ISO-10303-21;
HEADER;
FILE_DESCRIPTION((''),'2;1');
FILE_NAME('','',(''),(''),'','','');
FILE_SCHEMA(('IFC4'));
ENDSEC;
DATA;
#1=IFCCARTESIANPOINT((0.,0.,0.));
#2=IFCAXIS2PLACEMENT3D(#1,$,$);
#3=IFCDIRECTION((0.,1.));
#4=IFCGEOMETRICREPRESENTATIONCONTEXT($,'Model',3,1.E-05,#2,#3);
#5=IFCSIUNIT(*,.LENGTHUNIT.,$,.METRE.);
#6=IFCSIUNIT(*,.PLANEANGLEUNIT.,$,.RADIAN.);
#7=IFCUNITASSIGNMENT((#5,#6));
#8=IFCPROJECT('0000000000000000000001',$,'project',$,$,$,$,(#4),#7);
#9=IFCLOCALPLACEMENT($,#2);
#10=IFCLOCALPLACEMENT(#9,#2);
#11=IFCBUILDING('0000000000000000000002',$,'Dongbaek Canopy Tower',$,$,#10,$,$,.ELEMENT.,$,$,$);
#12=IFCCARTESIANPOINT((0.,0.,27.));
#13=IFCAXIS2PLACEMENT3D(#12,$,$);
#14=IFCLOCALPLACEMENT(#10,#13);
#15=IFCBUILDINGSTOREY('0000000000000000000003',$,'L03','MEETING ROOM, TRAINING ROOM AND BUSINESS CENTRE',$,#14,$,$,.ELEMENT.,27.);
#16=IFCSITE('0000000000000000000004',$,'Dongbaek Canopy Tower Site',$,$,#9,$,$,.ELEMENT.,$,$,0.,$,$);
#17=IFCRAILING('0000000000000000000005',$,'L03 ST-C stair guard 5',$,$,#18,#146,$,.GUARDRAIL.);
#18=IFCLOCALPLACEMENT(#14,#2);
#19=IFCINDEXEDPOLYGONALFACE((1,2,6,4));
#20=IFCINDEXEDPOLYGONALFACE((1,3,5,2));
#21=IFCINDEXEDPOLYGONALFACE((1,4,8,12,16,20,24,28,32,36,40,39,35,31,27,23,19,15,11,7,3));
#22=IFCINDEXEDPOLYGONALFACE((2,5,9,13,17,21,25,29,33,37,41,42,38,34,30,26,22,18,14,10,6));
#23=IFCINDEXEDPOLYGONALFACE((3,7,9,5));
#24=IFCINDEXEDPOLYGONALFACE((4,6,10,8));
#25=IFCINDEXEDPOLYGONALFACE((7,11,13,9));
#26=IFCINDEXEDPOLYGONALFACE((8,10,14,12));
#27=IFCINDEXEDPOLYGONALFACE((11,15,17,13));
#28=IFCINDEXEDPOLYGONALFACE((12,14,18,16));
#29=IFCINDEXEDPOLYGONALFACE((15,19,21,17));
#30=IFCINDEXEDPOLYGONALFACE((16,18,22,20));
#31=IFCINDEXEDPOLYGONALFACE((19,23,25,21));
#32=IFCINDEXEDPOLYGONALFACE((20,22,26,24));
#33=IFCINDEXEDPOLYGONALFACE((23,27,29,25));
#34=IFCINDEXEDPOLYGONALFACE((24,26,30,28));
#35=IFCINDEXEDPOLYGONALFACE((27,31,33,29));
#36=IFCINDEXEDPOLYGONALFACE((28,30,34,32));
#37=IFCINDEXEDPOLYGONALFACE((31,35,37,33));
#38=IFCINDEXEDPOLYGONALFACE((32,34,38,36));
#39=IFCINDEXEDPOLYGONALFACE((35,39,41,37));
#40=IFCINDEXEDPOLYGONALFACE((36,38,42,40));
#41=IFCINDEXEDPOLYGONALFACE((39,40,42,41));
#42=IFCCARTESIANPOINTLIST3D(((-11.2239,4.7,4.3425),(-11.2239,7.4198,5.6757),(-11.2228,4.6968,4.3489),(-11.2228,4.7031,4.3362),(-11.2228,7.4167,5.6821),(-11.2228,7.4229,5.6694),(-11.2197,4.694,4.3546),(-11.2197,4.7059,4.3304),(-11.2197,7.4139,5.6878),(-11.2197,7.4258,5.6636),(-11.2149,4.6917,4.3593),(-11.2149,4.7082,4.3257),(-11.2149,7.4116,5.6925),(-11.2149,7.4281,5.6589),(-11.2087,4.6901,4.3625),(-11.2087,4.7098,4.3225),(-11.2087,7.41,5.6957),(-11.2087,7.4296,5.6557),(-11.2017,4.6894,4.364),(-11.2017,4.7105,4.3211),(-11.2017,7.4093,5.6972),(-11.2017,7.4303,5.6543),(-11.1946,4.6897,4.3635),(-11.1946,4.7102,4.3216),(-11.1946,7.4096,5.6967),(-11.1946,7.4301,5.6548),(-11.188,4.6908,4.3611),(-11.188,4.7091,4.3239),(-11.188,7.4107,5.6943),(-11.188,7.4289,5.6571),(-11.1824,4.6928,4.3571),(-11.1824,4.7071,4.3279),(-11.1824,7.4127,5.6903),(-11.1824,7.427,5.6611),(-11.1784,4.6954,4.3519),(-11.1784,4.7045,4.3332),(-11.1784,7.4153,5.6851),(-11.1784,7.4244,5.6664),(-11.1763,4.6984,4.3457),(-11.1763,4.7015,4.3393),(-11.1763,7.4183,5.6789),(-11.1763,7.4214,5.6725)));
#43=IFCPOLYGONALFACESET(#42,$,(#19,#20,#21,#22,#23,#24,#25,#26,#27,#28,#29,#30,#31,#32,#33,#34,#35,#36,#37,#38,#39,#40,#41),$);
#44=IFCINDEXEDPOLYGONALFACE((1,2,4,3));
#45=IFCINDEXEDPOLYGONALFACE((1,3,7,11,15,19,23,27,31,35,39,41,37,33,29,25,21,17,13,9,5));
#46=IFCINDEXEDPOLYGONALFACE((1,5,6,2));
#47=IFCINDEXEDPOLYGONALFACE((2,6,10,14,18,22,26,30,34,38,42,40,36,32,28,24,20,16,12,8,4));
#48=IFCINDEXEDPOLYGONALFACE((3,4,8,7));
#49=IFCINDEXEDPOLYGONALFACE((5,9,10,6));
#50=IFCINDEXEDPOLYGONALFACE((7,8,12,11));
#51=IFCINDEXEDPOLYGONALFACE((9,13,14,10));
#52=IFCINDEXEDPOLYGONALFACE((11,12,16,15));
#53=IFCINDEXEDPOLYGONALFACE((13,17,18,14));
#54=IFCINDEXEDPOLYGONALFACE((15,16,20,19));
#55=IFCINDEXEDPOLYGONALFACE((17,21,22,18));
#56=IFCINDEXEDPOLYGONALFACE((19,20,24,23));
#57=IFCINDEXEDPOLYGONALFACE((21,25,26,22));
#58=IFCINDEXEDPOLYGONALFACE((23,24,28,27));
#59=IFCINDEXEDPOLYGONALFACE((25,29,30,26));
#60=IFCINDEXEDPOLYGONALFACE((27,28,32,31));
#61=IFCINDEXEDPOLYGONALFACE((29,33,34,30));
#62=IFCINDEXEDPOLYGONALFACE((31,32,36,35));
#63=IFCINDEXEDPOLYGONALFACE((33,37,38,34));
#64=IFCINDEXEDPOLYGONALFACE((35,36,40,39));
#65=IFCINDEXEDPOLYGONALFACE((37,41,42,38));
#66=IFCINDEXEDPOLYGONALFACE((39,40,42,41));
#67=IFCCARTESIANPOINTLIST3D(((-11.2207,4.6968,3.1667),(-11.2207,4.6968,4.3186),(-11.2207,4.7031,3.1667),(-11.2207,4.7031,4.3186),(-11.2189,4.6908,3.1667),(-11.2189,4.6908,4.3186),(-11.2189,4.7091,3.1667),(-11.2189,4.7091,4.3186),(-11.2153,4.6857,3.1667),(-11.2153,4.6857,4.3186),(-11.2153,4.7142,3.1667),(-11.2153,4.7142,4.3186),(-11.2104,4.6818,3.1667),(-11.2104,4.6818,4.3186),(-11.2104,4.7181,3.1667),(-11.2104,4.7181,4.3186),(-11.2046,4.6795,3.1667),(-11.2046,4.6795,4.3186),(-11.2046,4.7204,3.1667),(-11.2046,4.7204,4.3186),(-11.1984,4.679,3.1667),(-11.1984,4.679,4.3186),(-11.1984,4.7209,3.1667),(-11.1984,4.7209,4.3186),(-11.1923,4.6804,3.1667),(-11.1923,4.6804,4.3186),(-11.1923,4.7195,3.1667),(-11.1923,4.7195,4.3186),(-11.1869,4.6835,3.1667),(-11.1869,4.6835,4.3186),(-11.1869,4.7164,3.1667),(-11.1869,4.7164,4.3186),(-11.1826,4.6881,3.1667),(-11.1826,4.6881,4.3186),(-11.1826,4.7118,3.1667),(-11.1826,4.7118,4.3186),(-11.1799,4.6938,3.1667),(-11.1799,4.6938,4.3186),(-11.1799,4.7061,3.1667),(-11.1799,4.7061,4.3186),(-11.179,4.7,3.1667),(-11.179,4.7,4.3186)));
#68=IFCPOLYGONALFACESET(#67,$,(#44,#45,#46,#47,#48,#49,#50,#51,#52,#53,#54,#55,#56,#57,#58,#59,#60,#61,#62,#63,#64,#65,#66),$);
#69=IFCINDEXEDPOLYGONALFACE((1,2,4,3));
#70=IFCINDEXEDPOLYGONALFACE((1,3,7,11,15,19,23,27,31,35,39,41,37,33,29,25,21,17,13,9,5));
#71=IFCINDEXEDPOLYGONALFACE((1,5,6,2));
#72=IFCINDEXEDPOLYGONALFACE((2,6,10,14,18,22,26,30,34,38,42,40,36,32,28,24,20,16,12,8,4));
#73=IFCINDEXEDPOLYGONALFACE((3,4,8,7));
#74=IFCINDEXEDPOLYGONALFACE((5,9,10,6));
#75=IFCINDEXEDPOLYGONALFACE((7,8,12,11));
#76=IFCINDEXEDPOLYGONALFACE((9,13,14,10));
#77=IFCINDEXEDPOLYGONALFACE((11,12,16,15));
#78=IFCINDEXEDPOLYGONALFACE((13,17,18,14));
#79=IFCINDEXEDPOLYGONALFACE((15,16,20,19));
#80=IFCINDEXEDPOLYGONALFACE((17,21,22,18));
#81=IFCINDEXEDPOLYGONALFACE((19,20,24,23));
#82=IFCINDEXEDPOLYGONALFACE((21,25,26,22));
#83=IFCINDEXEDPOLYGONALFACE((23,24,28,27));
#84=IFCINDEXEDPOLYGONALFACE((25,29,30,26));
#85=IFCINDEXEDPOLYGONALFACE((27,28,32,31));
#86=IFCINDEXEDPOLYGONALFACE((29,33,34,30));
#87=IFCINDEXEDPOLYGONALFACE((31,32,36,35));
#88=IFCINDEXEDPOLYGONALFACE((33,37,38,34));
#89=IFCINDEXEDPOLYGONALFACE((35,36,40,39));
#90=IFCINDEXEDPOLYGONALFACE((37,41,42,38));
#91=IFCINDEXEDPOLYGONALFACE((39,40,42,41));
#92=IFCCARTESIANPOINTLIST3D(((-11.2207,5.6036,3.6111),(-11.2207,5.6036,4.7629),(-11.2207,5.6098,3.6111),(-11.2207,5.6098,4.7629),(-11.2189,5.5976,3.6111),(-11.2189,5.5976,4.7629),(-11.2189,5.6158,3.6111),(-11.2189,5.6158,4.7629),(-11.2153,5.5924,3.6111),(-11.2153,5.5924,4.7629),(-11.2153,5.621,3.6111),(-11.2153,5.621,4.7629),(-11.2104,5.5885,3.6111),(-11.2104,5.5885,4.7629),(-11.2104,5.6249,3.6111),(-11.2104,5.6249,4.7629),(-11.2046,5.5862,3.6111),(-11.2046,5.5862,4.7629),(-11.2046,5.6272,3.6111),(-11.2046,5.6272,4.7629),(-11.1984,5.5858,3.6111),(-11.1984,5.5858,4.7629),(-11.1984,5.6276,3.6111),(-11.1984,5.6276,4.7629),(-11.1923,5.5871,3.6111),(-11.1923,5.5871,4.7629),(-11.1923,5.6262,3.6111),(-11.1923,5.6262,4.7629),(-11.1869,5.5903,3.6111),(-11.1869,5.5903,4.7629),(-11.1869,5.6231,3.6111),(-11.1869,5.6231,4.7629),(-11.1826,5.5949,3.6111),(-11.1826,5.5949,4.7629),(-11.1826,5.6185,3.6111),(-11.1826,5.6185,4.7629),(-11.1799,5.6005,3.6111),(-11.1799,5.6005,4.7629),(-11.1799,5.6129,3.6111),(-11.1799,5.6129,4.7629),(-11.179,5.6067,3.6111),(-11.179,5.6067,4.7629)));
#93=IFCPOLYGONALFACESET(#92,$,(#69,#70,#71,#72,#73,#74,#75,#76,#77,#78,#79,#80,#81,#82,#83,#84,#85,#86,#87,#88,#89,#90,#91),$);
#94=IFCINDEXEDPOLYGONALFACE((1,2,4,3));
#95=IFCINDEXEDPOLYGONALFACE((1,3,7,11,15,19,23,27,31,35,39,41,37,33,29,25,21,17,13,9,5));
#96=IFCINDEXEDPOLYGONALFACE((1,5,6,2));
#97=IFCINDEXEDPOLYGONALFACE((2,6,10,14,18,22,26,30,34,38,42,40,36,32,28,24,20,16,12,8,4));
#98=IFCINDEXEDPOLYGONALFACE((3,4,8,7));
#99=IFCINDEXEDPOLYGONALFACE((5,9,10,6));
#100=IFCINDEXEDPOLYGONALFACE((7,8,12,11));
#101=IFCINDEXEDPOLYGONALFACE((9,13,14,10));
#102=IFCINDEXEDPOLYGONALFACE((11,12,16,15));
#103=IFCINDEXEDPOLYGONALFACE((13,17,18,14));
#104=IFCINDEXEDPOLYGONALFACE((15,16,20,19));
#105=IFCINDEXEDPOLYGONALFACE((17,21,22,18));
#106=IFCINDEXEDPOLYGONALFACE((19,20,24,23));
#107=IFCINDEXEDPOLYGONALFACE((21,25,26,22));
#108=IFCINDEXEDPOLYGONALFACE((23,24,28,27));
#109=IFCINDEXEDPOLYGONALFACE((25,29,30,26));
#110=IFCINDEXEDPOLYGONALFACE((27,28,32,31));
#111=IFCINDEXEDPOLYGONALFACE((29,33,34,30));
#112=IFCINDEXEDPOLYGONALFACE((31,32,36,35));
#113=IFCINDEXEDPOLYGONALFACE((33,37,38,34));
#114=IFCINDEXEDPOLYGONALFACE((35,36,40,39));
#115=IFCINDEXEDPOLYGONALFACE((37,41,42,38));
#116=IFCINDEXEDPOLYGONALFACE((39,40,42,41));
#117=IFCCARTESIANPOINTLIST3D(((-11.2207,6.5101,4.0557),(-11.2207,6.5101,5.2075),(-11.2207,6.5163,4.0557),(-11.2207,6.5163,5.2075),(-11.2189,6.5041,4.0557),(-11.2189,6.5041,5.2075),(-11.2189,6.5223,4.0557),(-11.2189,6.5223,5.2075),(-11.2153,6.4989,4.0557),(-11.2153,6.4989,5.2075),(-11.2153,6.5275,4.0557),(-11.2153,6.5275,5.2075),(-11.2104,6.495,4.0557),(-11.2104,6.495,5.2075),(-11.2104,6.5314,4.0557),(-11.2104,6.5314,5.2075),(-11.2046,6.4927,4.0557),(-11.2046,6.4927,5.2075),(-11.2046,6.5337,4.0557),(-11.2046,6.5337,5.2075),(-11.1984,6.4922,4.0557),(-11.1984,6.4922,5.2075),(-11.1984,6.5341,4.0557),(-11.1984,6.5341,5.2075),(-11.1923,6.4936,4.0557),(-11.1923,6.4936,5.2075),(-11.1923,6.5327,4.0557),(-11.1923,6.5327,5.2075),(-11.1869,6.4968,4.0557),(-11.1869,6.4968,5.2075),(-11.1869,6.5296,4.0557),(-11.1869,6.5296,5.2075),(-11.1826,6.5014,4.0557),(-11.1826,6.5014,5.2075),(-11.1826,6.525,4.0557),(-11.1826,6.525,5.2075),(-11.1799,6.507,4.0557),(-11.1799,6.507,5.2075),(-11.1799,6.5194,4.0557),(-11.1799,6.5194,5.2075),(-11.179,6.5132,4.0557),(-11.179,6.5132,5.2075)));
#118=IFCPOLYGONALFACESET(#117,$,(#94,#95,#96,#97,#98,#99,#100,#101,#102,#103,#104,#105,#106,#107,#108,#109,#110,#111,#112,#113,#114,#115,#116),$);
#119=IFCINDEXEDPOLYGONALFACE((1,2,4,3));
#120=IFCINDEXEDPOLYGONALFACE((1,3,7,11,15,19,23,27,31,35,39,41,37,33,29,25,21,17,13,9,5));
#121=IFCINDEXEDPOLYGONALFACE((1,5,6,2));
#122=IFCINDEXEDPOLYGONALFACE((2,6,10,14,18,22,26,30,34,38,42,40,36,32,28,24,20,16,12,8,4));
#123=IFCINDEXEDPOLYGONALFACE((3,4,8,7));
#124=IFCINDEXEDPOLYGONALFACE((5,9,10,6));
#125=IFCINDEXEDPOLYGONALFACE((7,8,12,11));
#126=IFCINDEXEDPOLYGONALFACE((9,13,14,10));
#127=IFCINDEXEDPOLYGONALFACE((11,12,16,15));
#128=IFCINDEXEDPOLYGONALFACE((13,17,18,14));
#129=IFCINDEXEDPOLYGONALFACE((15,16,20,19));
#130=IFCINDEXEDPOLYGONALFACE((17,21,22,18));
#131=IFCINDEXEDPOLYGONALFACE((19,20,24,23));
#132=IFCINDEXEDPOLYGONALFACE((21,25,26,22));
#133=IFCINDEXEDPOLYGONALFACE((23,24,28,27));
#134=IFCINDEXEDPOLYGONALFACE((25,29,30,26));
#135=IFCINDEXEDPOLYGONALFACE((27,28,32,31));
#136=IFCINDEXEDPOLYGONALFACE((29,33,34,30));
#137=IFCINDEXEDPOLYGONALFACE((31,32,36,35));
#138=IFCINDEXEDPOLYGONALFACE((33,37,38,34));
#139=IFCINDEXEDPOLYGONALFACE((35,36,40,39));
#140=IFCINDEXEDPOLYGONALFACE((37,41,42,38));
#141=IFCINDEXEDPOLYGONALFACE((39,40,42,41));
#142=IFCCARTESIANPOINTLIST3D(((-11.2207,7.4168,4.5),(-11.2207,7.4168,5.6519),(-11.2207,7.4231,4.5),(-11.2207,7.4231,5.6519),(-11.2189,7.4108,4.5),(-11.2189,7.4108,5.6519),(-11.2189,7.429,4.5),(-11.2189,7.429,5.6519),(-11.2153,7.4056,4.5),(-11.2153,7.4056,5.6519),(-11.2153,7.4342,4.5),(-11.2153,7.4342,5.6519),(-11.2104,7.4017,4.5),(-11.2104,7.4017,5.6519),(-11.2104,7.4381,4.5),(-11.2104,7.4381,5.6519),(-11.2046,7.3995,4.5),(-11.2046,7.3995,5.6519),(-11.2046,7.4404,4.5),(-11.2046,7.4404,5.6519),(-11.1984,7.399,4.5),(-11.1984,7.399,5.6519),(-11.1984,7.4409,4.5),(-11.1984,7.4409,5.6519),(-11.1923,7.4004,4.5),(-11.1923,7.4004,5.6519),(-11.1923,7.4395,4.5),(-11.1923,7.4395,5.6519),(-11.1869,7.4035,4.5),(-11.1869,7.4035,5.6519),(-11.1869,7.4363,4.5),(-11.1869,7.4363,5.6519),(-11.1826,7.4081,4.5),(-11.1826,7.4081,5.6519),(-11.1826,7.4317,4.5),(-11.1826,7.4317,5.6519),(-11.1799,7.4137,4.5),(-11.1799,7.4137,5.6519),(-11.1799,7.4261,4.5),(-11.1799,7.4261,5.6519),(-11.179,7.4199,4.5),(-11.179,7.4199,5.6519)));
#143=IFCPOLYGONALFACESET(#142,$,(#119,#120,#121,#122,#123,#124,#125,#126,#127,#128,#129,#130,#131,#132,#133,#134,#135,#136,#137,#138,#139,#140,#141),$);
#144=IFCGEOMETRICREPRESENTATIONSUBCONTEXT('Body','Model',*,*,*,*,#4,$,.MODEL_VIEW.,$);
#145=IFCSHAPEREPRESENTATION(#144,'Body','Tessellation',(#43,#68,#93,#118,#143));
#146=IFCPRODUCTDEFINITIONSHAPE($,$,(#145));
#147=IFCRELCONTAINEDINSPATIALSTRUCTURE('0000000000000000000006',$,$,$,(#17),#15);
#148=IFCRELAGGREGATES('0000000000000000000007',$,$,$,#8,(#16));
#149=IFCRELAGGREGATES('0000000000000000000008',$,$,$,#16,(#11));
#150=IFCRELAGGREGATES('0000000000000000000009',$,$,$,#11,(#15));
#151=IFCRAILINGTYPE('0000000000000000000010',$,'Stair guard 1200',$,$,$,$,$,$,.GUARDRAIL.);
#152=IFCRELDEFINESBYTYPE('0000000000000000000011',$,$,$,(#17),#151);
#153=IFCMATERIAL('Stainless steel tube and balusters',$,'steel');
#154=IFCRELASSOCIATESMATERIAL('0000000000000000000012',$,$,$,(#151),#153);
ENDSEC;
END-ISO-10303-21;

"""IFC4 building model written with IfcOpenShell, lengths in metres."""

from ifc_helpers import new_model, si_unit, direction, frame, origin, origin_2d, place, context, subcontext, project, spatial, circle, extrude, material, type_object, element, save


model = new_model("IFC4")

# Units and contexts
model_context = context("Model", 3, precision=1e-05, world=origin(), true_north=direction((0.0, 1.0)))
body_context = subcontext(model_context, "Body", "Model", "MODEL_VIEW")
ifc_project = project(units=[si_unit("LENGTHUNIT", "METRE"), si_unit("PLANEANGLEUNIT", "RADIAN")], contexts=[model_context])

# Site, building, storey
site_placement = place(None, origin())
site = spatial("IfcSite", under=ifc_project, at=site_placement, Name="Dongbaek Canopy Tower Site", CompositionType="ELEMENT", RefElevation=0.0)
building_placement = place(site_placement, origin())
building = spatial("IfcBuilding", under=site, at=building_placement, Name="Dongbaek Canopy Tower", CompositionType="ELEMENT")
storey_placement = place(building_placement, frame((0.0, 0.0, 27.0)))
storey = spatial("IfcBuildingStorey", under=building, at=storey_placement, Name="L03", Description="MEETING ROOM, TRAINING ROOM AND BUSINESS CENTRE", CompositionType="ELEMENT", Elevation=27.0)

# Railing
ifc_material_1 = material(Name="Stainless steel tube and balusters", Category="steel")
railing_type_1 = type_object("IfcRailingType", Name="Stair guard 1200", PredefinedType="GUARDRAIL", material=ifc_material_1)
railing_1_placement = place(storey_placement, frame((-11.2, 4.7, 3.1667)))
element("IfcRailing", 1, at=railing_1_placement, inside=storey, type_object=railing_type_1, Name="L03 ST-C stair guard 5", PredefinedType="GUARDRAIL", context=body_context, shape_type="SweptSolid", body=[
    extrude(circle(Radius=0.0239, at=origin_2d()), frame((0.0, 0.0, 1.1758), z_axis=(0.0, 0.897929, 0.440139), x_axis=(-1.0, 0.0, 0.0)), (0.0, 0.0, 1.0), 3.0291),
    extrude(circle(Radius=0.021, at=origin_2d()), origin(), (0.0, 0.0, 1.0), 1.1519),
    extrude(circle(Radius=0.021, at=origin_2d()), frame((0.0, 0.9067, 0.4443)), (0.0, 0.0, 1.0), 1.1519),
    extrude(circle(Radius=0.021, at=origin_2d()), frame((0.0, 1.8132, 0.8889)), (0.0, 0.0, 1.0), 1.1519),
    extrude(circle(Radius=0.021, at=origin_2d()), frame((0.0, 2.72, 1.3333)), (0.0, 0.0, 1.0), 1.1519),
])

save(model, "model.ifc")
